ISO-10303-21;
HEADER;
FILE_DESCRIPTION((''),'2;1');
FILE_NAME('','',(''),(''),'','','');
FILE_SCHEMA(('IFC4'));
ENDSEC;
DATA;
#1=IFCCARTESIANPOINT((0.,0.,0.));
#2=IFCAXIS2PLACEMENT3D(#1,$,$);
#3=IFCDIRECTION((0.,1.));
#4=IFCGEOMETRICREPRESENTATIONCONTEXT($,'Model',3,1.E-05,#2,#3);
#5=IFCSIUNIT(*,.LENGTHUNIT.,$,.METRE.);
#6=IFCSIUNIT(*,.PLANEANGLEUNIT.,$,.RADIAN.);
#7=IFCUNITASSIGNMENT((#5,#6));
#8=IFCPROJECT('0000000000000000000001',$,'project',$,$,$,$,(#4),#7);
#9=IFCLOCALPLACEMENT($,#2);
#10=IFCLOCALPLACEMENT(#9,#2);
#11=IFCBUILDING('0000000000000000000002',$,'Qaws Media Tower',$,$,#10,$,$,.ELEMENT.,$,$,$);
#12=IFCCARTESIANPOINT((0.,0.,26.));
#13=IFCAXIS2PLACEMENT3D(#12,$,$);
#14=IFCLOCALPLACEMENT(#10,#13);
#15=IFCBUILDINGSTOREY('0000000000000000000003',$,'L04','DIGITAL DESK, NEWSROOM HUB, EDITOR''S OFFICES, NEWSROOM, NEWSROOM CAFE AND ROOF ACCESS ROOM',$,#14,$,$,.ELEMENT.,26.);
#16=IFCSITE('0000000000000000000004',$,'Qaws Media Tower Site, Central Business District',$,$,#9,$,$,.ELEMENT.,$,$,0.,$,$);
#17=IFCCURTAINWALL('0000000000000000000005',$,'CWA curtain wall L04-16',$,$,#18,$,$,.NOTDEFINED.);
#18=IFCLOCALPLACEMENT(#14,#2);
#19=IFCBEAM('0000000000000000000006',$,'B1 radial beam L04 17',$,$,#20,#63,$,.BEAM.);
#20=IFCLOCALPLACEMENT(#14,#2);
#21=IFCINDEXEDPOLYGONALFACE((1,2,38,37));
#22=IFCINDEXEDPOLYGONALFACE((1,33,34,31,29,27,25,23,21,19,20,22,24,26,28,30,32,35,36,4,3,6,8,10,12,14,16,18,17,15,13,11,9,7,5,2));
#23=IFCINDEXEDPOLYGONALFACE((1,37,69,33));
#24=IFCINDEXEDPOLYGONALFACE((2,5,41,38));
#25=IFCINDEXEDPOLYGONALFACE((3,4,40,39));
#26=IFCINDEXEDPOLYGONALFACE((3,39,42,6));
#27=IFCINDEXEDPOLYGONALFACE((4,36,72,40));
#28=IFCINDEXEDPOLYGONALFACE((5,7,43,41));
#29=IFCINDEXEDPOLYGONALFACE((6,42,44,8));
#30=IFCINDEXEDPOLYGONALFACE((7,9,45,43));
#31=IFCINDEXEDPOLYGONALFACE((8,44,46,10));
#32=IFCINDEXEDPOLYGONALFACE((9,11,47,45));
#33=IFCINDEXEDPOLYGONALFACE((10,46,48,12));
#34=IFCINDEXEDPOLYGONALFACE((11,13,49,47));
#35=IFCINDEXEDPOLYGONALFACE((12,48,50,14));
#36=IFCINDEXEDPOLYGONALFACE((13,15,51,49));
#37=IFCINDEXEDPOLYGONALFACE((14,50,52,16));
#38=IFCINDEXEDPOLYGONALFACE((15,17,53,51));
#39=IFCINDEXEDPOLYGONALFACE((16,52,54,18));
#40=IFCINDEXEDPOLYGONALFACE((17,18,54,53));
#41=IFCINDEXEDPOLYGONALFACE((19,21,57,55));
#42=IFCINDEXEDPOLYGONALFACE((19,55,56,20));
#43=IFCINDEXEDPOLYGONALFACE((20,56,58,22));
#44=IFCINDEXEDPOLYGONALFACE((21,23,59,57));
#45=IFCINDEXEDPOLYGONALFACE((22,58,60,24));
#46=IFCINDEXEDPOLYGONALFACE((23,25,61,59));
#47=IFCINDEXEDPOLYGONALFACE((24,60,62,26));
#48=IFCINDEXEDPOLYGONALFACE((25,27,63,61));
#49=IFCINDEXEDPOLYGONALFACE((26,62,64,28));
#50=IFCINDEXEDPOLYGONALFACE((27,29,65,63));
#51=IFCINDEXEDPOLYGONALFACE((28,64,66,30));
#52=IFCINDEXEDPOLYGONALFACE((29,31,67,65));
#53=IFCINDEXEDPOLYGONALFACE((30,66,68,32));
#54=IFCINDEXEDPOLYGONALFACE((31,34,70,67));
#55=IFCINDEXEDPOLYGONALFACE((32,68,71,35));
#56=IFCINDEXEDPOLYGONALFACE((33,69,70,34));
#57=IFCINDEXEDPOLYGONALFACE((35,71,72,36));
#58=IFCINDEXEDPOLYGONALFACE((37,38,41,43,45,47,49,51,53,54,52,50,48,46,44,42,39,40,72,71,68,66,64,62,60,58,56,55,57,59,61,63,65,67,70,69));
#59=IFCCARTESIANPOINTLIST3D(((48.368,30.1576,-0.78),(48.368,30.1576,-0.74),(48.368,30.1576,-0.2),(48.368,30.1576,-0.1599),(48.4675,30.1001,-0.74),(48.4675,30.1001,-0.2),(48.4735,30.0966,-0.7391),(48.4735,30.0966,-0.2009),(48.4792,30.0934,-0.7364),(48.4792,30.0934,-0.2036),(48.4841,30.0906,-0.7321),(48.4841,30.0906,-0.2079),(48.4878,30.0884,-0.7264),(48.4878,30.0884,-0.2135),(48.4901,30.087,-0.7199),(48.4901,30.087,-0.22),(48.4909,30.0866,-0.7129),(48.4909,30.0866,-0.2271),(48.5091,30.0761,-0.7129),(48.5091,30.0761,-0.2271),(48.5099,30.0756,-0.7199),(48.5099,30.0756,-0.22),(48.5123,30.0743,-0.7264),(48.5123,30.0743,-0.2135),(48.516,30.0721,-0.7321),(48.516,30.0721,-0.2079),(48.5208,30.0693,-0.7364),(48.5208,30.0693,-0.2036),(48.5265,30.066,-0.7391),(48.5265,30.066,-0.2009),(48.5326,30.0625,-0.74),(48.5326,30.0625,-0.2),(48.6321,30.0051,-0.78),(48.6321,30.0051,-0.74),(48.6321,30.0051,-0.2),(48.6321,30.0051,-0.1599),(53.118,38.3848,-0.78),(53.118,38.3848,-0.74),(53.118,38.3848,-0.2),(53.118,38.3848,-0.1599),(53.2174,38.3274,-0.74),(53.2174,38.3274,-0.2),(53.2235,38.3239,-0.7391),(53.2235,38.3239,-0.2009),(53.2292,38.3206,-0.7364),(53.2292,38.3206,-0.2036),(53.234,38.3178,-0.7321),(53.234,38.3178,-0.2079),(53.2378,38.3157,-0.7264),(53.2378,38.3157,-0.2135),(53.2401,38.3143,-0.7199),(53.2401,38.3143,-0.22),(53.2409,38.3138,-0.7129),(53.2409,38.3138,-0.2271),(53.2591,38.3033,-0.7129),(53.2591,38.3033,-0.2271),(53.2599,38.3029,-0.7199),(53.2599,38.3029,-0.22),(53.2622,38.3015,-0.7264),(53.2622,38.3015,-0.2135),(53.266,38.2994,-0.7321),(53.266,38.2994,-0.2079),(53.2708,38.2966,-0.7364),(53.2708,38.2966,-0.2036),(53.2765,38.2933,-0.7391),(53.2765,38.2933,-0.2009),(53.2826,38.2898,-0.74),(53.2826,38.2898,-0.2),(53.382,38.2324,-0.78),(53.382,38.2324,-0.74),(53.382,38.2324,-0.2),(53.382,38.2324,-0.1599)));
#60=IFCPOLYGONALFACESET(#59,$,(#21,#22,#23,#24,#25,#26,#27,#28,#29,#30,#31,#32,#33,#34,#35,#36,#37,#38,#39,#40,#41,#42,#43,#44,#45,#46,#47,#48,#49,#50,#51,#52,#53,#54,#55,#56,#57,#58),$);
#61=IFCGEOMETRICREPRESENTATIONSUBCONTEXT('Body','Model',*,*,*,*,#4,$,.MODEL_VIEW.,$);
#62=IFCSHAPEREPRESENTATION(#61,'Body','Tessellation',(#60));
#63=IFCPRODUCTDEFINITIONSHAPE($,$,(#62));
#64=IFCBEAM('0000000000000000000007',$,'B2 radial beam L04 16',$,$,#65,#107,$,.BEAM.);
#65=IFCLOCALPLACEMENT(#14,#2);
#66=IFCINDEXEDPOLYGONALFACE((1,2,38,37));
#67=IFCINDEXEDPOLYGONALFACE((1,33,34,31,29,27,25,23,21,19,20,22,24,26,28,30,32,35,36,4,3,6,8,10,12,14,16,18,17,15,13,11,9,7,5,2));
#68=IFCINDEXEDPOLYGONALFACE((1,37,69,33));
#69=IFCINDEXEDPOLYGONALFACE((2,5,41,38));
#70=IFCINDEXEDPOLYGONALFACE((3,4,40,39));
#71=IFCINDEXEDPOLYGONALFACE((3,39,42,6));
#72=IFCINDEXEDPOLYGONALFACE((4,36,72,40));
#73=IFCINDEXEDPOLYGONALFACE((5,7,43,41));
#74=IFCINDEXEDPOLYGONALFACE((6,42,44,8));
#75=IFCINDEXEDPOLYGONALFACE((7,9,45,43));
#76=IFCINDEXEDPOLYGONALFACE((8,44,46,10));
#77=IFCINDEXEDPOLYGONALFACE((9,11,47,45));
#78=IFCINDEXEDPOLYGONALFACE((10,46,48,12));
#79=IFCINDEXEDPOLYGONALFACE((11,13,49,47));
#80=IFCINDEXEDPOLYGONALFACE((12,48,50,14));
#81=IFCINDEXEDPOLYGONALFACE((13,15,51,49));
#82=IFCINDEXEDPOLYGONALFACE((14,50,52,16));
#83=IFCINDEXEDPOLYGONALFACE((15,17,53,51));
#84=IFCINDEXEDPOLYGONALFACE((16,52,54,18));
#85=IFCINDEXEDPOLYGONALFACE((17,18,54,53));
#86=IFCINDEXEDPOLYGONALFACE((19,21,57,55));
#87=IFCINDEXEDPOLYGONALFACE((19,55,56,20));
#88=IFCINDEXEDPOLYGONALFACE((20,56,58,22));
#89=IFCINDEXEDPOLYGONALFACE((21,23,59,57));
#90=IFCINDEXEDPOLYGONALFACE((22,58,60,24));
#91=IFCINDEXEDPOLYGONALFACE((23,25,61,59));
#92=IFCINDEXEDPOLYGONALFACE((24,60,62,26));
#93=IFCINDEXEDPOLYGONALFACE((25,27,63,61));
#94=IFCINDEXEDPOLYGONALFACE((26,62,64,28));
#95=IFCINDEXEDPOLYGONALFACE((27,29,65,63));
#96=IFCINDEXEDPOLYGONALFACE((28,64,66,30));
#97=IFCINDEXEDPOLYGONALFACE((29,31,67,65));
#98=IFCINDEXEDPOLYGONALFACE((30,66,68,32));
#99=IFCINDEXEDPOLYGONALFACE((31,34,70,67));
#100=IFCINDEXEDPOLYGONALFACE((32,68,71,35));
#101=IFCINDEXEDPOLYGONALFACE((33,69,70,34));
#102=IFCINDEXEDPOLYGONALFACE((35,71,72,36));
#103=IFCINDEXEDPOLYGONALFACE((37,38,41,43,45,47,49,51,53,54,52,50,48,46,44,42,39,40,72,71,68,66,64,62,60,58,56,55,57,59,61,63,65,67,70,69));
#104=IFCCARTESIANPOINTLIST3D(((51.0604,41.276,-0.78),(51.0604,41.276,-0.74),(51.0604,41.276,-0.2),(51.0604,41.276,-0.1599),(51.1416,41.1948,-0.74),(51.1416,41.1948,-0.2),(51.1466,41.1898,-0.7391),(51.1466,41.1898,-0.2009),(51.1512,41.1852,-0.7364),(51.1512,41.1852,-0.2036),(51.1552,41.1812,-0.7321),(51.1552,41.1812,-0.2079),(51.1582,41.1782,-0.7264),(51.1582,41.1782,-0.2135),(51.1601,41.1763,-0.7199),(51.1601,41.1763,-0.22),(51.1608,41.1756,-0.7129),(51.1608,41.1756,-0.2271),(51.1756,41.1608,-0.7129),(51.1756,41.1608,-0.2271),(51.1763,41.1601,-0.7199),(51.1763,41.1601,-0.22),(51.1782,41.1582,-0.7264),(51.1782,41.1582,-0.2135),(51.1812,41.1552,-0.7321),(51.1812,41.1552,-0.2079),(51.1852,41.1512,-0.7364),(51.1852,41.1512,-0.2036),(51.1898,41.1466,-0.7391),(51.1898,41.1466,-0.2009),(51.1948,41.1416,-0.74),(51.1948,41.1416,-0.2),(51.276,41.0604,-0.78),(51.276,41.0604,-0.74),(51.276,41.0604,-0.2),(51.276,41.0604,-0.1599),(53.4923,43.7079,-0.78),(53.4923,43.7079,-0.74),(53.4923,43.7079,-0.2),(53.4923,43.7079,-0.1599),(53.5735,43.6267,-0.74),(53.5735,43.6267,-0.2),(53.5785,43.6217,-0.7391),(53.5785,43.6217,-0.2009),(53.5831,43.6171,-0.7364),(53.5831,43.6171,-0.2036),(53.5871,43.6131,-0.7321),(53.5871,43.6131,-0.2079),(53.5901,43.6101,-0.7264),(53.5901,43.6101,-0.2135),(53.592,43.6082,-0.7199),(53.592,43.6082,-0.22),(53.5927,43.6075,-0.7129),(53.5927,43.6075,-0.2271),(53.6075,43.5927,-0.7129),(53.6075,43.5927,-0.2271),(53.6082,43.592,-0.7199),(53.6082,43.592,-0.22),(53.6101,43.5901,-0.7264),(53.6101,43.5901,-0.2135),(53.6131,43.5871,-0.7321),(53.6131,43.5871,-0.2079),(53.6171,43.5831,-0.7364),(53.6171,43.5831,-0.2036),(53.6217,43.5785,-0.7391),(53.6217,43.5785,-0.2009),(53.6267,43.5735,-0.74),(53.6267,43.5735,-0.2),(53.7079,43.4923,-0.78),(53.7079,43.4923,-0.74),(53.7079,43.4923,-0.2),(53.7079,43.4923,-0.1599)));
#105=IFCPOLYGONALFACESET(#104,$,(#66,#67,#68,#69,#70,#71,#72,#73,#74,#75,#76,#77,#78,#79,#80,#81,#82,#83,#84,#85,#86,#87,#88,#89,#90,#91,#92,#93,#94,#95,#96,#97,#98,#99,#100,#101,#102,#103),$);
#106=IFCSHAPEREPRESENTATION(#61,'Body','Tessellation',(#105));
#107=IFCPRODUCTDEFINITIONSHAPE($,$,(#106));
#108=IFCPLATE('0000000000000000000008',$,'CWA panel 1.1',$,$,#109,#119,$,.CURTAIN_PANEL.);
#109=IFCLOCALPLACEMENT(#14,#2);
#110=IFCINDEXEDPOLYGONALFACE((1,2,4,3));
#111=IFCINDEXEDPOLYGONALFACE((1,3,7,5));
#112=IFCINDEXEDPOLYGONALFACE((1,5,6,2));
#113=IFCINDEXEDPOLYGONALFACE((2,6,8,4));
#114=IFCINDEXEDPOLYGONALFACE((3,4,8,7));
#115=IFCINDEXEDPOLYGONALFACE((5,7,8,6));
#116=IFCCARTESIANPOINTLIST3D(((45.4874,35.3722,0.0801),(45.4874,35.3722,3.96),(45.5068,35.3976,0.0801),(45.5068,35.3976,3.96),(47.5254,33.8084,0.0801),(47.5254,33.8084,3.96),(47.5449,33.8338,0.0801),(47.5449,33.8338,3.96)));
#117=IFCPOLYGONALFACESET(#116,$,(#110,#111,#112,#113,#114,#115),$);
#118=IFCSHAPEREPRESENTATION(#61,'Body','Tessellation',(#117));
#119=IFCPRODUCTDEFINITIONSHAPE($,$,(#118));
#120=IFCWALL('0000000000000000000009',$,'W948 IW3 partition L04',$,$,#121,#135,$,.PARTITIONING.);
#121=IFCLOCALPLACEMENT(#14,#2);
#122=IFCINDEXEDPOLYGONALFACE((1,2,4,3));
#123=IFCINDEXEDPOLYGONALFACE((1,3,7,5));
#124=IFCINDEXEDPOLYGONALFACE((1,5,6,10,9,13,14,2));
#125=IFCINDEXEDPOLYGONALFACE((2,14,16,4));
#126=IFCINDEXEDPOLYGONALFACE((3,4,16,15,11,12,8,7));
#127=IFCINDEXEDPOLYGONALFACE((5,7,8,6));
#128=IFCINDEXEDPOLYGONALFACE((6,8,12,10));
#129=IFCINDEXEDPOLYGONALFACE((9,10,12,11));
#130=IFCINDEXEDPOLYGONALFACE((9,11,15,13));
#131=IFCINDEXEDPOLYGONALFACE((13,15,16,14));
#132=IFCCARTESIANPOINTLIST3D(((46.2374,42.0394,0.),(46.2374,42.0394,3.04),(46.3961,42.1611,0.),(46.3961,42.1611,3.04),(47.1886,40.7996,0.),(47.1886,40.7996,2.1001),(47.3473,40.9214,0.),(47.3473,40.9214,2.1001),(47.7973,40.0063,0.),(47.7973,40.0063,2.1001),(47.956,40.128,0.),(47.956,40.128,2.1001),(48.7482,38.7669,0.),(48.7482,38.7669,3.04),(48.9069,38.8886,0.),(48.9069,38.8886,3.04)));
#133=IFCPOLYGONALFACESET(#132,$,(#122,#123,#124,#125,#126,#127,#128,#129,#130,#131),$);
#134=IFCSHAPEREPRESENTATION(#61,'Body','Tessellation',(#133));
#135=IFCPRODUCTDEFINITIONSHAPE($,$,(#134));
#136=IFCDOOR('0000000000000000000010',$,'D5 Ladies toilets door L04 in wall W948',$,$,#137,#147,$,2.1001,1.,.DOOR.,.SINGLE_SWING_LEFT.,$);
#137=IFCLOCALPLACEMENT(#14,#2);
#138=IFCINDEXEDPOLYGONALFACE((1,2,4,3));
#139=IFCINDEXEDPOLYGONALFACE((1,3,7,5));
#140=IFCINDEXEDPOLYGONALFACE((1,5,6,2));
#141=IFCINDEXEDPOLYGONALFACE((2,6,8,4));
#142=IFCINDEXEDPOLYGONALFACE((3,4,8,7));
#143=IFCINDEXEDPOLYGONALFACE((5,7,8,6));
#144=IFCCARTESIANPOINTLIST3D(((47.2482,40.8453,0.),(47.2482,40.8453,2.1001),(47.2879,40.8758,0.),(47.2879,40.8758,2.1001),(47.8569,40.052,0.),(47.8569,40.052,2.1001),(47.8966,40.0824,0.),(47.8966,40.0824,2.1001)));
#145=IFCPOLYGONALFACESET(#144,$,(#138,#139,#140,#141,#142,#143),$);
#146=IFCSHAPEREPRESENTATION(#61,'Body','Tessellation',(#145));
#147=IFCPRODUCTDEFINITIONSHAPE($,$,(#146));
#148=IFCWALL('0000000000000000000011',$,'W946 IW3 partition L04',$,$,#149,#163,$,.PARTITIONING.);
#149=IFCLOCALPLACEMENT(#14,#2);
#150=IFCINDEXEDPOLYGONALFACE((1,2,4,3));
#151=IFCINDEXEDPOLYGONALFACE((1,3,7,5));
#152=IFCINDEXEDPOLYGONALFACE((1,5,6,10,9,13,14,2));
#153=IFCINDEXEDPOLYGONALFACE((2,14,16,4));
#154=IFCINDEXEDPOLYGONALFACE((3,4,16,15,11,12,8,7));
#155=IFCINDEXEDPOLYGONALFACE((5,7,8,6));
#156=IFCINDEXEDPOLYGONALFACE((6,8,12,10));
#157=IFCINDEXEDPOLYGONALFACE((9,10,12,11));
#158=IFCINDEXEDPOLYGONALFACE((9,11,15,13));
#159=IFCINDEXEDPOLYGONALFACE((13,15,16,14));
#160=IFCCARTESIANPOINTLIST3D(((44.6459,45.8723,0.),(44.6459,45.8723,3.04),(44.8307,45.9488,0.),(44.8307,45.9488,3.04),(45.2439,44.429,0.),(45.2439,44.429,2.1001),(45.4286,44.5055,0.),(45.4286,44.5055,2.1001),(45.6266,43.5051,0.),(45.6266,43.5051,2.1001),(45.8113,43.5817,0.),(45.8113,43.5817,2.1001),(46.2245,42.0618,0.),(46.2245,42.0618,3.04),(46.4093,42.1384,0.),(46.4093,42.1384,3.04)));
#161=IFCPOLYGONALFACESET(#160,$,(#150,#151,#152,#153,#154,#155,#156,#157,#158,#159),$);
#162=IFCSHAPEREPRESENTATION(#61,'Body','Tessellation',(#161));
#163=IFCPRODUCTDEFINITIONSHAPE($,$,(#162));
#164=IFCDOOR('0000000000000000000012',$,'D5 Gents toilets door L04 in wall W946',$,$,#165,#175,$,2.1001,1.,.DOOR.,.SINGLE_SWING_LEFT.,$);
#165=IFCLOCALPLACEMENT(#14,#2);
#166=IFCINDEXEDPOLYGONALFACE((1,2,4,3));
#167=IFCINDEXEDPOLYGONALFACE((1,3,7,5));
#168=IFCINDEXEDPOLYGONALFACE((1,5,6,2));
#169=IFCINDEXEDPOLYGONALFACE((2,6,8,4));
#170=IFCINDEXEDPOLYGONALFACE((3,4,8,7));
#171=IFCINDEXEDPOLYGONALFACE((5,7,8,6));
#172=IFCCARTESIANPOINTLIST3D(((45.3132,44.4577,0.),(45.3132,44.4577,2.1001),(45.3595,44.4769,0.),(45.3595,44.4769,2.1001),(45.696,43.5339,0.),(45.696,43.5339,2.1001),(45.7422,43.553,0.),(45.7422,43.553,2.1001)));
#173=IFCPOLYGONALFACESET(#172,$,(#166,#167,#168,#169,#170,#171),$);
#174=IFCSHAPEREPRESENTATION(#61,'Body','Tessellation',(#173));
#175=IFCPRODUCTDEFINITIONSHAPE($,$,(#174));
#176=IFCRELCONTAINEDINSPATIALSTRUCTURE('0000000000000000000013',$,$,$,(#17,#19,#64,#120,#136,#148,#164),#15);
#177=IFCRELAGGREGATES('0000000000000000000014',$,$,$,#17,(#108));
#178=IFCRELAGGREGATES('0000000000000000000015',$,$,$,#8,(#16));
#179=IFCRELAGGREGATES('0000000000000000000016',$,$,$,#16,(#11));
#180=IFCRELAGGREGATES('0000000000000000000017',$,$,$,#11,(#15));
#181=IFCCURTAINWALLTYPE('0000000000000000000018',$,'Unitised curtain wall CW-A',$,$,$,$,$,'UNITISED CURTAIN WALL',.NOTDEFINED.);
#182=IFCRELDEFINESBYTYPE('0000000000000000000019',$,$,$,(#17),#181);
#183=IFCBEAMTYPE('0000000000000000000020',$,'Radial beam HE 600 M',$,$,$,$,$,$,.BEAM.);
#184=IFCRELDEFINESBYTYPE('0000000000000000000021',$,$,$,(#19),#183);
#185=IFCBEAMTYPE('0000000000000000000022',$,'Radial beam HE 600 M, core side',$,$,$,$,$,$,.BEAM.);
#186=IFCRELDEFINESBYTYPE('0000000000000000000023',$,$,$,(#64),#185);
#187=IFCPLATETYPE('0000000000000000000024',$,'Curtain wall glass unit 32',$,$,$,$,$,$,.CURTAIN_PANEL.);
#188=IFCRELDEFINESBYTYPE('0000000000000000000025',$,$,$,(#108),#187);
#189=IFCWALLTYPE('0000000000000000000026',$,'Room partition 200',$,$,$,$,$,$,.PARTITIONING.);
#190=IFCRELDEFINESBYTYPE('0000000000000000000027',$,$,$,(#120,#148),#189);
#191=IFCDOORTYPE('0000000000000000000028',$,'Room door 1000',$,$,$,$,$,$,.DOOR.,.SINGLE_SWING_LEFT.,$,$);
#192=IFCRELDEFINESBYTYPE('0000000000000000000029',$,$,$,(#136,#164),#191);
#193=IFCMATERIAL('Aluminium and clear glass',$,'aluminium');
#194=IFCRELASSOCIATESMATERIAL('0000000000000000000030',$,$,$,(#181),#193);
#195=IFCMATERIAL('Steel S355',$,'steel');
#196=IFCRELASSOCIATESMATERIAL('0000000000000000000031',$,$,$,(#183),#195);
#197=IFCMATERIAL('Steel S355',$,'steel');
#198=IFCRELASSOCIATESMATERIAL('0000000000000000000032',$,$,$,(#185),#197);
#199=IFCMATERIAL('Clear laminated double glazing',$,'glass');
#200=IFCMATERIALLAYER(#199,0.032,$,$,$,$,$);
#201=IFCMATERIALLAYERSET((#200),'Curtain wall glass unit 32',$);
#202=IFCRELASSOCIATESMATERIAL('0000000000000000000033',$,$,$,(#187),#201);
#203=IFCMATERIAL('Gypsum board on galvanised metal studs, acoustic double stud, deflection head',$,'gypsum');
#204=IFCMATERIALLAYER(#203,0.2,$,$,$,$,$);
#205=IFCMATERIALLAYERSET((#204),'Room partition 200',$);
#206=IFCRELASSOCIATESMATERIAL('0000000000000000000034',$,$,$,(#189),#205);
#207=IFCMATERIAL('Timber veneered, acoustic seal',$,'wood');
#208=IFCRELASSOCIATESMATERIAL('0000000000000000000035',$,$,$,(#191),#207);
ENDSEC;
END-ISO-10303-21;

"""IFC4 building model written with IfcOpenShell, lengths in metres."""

from ifc_helpers import new_model, si_unit, direction, frame, frame_2d, origin, origin_2d, place, context, subcontext, project, spatial, rectangle, i_section, extrude, material, layer, layer_set, material_profile, profile_set, type_object, element, fill, aggregate, save


model = new_model("IFC4")

# Units and contexts
model_context = context("Model", 3, precision=1e-05, world=origin(), true_north=direction((0.0, 1.0)))
body_context = subcontext(model_context, "Body", "Model", "MODEL_VIEW")
ifc_project = project(units=[si_unit("LENGTHUNIT", "METRE"), si_unit("PLANEANGLEUNIT", "RADIAN")], contexts=[model_context])

# Site, building, storey
site_placement = place(None, origin())
site = spatial("IfcSite", under=ifc_project, at=site_placement, Name="Qaws Media Tower Site, Central Business District", CompositionType="ELEMENT", RefElevation=0.0)
building_placement = place(site_placement, origin())
building = spatial("IfcBuilding", under=site, at=building_placement, Name="Qaws Media Tower", CompositionType="ELEMENT")
storey_placement = place(building_placement, frame((0.0, 0.0, 26.0)))
storey = spatial("IfcBuildingStorey", under=building, at=storey_placement, Name="L04", Description="DIGITAL DESK, NEWSROOM HUB, EDITOR'S OFFICES, NEWSROOM, NEWSROOM CAFE AND ROOF ACCESS ROOM", CompositionType="ELEMENT", Elevation=26.0)

# Shared definitions
ifc_material_1 = material(Name="Aluminium and clear glass", Category="aluminium")
curtain_wall_type = type_object("IfcCurtainWallType", Name="Unitised curtain wall CW-A", ElementType="UNITISED CURTAIN WALL", PredefinedType="NOTDEFINED", material=ifc_material_1)

# Curtain wall
curtain_wall_1_placement = place(storey_placement, origin())
curtain_wall_1 = element("IfcCurtainWall", 1, at=curtain_wall_1_placement, inside=storey, type_object=curtain_wall_type, Name="CWA curtain wall L04-16", PredefinedType="NOTDEFINED")

# Beams
ifc_material_2 = material(Name="Steel S355", Category="steel")
ifc_material_profile_1 = material_profile(ifc_material_2, i_section(OverallWidth=0.3049, OverallDepth=0.6201, WebThickness=0.021, FlangeThickness=0.04, FilletRadius=0.0271, at=origin_2d()), Name="HE 600 M")
ifc_profile_set_1 = profile_set([ifc_material_profile_1], Name="Steel S355")
beam_type_1 = type_object("IfcBeamType", Name="Radial beam HE 600 M", PredefinedType="BEAM", material=ifc_profile_set_1)
beam_1_placement = place(storey_placement, frame((53.25, 38.3086, -0.47), z_axis=(-0.499998, -0.866027, 0.0), x_axis=(0.866027, -0.499998, 0.0)))
element("IfcBeam", 2, at=beam_1_placement, inside=storey, type_object=beam_type_1, Name="B1 radial beam L04 17", PredefinedType="BEAM", context=body_context, shape_type="SweptSolid", body=[
    extrude(i_section(OverallWidth=0.3049, OverallDepth=0.6201, WebThickness=0.021, FlangeThickness=0.04, FilletRadius=0.0271, at=origin_2d()), origin(), (0.0, 0.0, 1.0), 9.5),
])
ifc_material_3 = material(Name="Steel S355", Category="steel")
ifc_material_profile_2 = material_profile(ifc_material_3, i_section(OverallWidth=0.3049, OverallDepth=0.6201, WebThickness=0.021, FlangeThickness=0.04, FilletRadius=0.0271, at=origin_2d()), Name="HE 600 M")
ifc_profile_set_2 = profile_set([ifc_material_profile_2], Name="Steel S355")
beam_type_2 = type_object("IfcBeamType", Name="Radial beam HE 600 M, core side", PredefinedType="BEAM", material=ifc_profile_set_2)
beam_2_placement = place(storey_placement, frame((53.6001, 43.6001, -0.47), z_axis=(-0.707107, -0.707107, 0.0), x_axis=(0.707107, -0.707107, 0.0)))
element("IfcBeam", 3, at=beam_2_placement, inside=storey, type_object=beam_type_2, Name="B2 radial beam L04 16", PredefinedType="BEAM", context=body_context, shape_type="SweptSolid", body=[
    extrude(i_section(OverallWidth=0.3049, OverallDepth=0.6201, WebThickness=0.021, FlangeThickness=0.04, FilletRadius=0.0271, at=origin_2d()), origin(), (0.0, 0.0, 1.0), 3.4392),
])

# Plate
ifc_material_4 = material(Name="Clear laminated double glazing", Category="glass")
ifc_layer_1 = layer(ifc_material_4, 0.032)
ifc_layer_set_1 = layer_set([ifc_layer_1], Name="Curtain wall glass unit 32")
plate_type = type_object("IfcPlateType", Name="Curtain wall glass unit 32", PredefinedType="CURTAIN_PANEL", material=ifc_layer_set_1)
plate_placement = place(storey_placement, frame((46.5161, 34.603, 0.0801), z_axis=(0.0, 0.0, 1.0), x_axis=(0.793353, -0.608761, 0.0)))
plate = element("IfcPlate", 4, at=plate_placement, type_object=plate_type, Name="CWA panel 1.1", PredefinedType="CURTAIN_PANEL", context=body_context, shape_type="SweptSolid", body=[
    extrude(rectangle(XDim=2.5688, YDim=0.032, at=origin_2d()), origin(), (0.0, 0.0, 1.0), 3.8799),
])
aggregate(curtain_wall_1, [plate])

# Walls, openings, doors
ifc_material_5 = material(Name="Gypsum board on galvanised metal studs, acoustic double stud, deflection head", Category="gypsum")
ifc_layer_2 = layer(ifc_material_5, 0.2)
ifc_layer_set_2 = layer_set([ifc_layer_2], Name="Room partition 200")
wall_type = type_object("IfcWallType", Name="Room partition 200", PredefinedType="PARTITIONING", material=ifc_layer_set_2)
wall_1_placement = place(storey_placement, frame((48.8276, 38.8276, 0.0), z_axis=(0.0, 0.0, 1.0), x_axis=(-0.608715, 0.793389, 0.0)))
wall_1 = element("IfcWall", 5, at=wall_1_placement, inside=storey, type_object=wall_type, Name="W948 IW3 partition L04", PredefinedType="PARTITIONING", context=body_context, shape_type="SweptSolid", body=[
    extrude(rectangle(XDim=4.1248, YDim=0.2, at=frame_2d((2.0625, 0.0))), origin(), (0.0, 0.0, 1.0), 3.04),
])
opening_1_placement = place(wall_1_placement, frame((1.5623, 0.0, 0.0)))
opening_1 = element("IfcOpeningElement", 6, at=opening_1_placement, cuts=wall_1, PredefinedType="OPENING", context=body_context, shape_type="SweptSolid", body=[
    extrude(rectangle(XDim=1.0, YDim=2.1001, at=frame_2d((0.5, 1.05))), frame((0.0, 0.1099, 0.0), z_axis=(0.0, -1.0, 0.0), x_axis=(1.0, 0.0, 0.0)), (0.0, 0.0, 1.0), 0.22),
])
ifc_material_6 = material(Name="Timber veneered, acoustic seal", Category="wood")
door_type = type_object("IfcDoorType", Name="Room door 1000", OperationType="SINGLE_SWING_LEFT", PredefinedType="DOOR", material=ifc_material_6)
door_1_placement = place(opening_1_placement, origin())
door_1 = element("IfcDoor", 7, at=door_1_placement, inside=storey, type_object=door_type, Name="D5 Ladies toilets door L04 in wall W948", OperationType="SINGLE_SWING_LEFT", OverallHeight=2.1001, OverallWidth=1.0, PredefinedType="DOOR", context=body_context, shape_type="SweptSolid", body=[
    extrude(rectangle(XDim=1.0, YDim=2.1001, at=frame_2d((0.5, 1.05))), frame((0.0, 0.0249, 0.0), z_axis=(0.0, -1.0, 0.0), x_axis=(1.0, 0.0, 0.0)), (0.0, 0.0, 1.0), 0.05),
])
fill(opening_1, door_1)
wall_2_placement = place(storey_placement, frame((46.3169, 42.1001, 0.0), z_axis=(0.0, 0.0, 1.0), x_axis=(-0.382732, 0.92386, 0.0)))
wall_2 = element("IfcWall", 8, at=wall_2_placement, inside=storey, type_object=wall_type, Name="W946 IW3 partition L04", PredefinedType="PARTITIONING", context=body_context, shape_type="SweptSolid", body=[
    extrude(rectangle(XDim=4.1245, YDim=0.2, at=frame_2d((2.0623, 0.0))), origin(), (0.0, 0.0, 1.0), 3.04),
])
opening_2_placement = place(wall_2_placement, frame((1.5623, 0.0, 0.0)))
opening_2 = element("IfcOpeningElement", 9, at=opening_2_placement, cuts=wall_2, PredefinedType="OPENING", context=body_context, shape_type="SweptSolid", body=[
    extrude(rectangle(XDim=1.0, YDim=2.1001, at=frame_2d((0.5, 1.05))), frame((0.0, 0.1099, 0.0), z_axis=(0.0, -1.0, 0.0), x_axis=(1.0, 0.0, 0.0)), (0.0, 0.0, 1.0), 0.22),
])
door_2_placement = place(opening_2_placement, origin())
door_2 = element("IfcDoor", 10, at=door_2_placement, inside=storey, type_object=door_type, Name="D5 Gents toilets door L04 in wall W946", OperationType="SINGLE_SWING_LEFT", OverallHeight=2.1001, OverallWidth=1.0, PredefinedType="DOOR", context=body_context, shape_type="SweptSolid", body=[
    extrude(rectangle(XDim=1.0, YDim=2.1001, at=frame_2d((0.5, 1.05))), frame((0.0, 0.0249, 0.0), z_axis=(0.0, -1.0, 0.0), x_axis=(1.0, 0.0, 0.0)), (0.0, 0.0, 1.0), 0.05),
])
fill(opening_2, door_2)

save(model, "model.ifc")
